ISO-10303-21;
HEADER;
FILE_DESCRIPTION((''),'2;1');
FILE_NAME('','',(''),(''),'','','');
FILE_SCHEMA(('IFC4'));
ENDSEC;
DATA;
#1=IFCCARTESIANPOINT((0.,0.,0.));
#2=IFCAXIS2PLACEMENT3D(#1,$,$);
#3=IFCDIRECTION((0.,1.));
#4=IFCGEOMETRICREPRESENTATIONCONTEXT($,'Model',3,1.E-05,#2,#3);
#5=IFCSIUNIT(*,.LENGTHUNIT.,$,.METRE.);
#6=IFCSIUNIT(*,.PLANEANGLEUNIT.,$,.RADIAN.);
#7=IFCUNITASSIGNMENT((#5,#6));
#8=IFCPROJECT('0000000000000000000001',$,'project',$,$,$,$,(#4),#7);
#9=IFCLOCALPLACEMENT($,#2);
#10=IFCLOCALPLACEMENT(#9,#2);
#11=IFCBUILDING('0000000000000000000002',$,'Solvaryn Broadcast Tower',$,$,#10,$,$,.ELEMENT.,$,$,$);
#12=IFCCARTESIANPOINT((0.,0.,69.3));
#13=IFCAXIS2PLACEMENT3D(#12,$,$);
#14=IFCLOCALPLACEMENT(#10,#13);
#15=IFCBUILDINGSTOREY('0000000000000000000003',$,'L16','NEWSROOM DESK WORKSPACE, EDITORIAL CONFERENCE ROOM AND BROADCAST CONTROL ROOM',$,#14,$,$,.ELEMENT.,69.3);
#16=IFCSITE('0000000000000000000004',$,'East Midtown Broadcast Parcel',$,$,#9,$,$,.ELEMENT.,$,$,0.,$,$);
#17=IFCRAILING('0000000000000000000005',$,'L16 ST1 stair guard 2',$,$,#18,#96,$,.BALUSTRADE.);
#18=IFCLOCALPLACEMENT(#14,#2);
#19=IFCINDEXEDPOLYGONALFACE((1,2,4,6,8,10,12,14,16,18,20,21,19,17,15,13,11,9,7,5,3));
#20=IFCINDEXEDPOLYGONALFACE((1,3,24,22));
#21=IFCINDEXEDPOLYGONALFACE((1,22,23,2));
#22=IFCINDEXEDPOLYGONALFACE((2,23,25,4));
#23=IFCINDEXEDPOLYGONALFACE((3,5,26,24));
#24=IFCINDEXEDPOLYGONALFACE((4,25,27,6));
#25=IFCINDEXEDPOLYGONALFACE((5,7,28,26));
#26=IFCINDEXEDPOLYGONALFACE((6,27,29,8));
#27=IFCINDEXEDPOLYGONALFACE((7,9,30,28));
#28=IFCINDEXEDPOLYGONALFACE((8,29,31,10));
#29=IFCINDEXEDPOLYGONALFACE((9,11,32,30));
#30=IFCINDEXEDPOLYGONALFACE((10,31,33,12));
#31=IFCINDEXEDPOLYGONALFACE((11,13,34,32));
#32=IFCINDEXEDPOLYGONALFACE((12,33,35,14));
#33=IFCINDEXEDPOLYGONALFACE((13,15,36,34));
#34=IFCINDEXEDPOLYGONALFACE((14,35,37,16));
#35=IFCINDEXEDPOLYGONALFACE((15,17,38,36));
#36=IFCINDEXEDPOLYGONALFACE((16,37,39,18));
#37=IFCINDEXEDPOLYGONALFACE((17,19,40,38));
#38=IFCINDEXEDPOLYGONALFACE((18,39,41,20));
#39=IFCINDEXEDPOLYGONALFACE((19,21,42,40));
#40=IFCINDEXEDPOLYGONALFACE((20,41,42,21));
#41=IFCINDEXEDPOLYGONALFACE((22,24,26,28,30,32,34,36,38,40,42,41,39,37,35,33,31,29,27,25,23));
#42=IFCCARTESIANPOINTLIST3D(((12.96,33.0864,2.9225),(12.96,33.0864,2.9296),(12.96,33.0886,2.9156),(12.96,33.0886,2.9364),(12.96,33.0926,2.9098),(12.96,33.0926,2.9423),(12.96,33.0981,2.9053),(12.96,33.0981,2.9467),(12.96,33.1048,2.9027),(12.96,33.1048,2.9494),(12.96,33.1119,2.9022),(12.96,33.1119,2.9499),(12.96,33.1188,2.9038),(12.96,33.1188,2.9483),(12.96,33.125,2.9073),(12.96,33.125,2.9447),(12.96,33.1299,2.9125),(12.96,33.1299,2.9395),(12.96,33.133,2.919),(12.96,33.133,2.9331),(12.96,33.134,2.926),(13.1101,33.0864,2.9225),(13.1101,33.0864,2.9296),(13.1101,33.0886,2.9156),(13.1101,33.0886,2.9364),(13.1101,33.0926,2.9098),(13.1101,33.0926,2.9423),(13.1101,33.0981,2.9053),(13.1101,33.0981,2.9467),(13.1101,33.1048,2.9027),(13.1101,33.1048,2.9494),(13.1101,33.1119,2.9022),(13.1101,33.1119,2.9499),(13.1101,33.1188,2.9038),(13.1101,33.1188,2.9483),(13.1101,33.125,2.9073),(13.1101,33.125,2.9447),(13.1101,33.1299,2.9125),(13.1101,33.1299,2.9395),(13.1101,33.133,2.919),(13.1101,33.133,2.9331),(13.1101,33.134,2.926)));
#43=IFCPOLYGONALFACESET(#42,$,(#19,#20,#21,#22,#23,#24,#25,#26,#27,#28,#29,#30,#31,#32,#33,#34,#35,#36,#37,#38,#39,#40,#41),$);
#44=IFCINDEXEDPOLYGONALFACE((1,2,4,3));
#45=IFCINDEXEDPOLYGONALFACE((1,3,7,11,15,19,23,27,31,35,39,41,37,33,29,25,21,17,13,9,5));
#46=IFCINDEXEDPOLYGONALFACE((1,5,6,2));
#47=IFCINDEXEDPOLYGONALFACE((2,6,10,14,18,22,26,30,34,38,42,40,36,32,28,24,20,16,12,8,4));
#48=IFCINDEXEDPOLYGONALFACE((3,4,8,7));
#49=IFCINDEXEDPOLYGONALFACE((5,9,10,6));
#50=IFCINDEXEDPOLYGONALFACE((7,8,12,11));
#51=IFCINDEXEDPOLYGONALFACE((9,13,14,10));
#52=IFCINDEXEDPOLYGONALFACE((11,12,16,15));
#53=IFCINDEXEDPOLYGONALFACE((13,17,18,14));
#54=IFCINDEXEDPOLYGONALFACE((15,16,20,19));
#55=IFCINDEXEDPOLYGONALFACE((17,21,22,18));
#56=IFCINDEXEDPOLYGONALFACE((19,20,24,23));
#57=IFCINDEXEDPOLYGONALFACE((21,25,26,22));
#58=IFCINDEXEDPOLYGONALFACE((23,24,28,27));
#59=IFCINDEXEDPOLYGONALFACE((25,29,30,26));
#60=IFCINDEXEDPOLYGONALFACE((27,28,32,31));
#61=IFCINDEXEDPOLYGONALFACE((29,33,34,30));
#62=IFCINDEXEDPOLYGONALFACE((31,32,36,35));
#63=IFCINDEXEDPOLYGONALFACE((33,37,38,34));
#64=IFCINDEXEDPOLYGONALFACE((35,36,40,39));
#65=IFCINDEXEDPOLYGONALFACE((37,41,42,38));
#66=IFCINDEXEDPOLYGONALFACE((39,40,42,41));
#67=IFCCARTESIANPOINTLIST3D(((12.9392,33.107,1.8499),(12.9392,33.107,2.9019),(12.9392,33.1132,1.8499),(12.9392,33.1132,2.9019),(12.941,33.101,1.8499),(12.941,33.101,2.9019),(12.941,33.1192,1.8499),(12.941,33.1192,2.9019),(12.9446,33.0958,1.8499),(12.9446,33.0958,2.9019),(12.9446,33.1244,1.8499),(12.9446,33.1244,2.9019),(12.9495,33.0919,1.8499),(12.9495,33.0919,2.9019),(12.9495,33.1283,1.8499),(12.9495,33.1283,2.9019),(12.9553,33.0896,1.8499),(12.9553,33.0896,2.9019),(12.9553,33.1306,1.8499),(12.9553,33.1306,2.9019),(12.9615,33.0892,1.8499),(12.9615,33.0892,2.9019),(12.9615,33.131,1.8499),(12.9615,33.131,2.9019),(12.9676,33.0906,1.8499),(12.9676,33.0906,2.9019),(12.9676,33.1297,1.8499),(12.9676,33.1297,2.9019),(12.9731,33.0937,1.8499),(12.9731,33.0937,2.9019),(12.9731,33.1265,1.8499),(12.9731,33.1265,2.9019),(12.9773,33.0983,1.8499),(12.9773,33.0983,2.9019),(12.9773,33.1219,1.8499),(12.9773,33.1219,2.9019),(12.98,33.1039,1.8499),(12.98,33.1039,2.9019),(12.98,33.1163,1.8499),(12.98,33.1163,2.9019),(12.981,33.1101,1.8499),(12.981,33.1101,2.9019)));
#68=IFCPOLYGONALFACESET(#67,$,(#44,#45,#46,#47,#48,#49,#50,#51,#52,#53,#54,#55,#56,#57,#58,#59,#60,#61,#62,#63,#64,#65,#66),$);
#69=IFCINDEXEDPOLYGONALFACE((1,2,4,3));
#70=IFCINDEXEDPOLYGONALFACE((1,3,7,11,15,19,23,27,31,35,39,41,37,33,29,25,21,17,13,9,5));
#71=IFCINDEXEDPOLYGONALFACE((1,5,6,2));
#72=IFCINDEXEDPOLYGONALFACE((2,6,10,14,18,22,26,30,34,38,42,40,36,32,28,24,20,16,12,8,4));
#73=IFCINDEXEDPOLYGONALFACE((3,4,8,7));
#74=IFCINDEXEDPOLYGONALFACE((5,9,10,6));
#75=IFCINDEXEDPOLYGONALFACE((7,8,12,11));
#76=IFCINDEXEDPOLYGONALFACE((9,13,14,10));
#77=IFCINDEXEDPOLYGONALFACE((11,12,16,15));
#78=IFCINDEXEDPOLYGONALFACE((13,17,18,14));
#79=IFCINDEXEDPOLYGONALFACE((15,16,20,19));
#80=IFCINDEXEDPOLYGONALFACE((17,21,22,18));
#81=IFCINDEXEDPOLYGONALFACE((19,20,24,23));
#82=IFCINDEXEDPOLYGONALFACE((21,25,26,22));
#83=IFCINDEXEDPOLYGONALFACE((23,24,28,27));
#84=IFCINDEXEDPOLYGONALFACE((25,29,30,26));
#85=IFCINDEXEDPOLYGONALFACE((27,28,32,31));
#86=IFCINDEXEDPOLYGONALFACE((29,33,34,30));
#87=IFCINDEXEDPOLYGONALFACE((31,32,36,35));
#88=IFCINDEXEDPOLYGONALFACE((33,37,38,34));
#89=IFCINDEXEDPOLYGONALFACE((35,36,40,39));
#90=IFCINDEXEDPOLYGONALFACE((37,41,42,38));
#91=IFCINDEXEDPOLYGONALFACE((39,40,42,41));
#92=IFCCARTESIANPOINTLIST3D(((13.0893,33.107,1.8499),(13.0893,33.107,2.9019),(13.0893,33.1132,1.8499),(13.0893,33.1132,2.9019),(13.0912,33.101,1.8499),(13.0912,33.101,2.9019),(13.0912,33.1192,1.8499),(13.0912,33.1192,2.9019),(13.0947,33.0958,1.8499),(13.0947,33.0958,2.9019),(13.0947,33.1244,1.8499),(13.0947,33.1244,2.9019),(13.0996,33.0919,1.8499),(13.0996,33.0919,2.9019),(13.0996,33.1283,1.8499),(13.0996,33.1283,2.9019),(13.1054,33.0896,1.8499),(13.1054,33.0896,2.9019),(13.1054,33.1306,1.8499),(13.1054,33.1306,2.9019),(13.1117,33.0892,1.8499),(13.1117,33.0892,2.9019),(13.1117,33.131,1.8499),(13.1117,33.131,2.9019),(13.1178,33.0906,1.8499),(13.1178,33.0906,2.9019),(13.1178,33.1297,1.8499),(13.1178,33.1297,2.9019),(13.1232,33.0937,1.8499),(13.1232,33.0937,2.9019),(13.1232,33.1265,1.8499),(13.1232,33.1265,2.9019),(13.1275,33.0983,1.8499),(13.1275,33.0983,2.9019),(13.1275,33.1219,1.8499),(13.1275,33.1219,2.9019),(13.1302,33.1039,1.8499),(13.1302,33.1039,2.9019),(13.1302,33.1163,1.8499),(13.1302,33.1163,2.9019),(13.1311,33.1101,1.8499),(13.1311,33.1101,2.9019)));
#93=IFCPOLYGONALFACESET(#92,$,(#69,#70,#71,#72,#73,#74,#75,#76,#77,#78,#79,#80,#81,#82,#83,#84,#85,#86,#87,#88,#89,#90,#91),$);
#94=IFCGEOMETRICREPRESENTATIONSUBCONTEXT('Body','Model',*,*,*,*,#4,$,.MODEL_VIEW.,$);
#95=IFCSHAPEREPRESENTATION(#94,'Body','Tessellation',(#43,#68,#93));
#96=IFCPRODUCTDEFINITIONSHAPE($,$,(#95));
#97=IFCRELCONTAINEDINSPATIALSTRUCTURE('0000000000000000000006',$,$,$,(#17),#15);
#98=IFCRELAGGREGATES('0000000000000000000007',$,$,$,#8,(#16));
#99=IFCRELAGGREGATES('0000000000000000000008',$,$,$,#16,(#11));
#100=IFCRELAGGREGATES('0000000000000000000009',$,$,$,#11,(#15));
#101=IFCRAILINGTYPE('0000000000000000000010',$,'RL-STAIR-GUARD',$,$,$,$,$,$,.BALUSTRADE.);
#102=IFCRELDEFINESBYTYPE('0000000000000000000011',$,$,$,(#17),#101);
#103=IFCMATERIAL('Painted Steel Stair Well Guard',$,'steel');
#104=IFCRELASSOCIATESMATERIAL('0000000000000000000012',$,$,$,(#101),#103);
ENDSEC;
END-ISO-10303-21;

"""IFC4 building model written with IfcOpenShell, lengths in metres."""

from ifc_helpers import new_model, si_unit, direction, frame, origin, origin_2d, place, context, subcontext, project, spatial, circle, extrude, material, type_object, element, save


model = new_model("IFC4")

# Units and contexts
model_context = context("Model", 3, precision=1e-05, world=origin(), true_north=direction((0.0, 1.0)))
body_context = subcontext(model_context, "Body", "Model", "MODEL_VIEW")
ifc_project = project(units=[si_unit("LENGTHUNIT", "METRE"), si_unit("PLANEANGLEUNIT", "RADIAN")], contexts=[model_context])

# Site, building, storey
site_placement = place(None, origin())
site = spatial("IfcSite", under=ifc_project, at=site_placement, Name="East Midtown Broadcast Parcel", CompositionType="ELEMENT", RefElevation=0.0)
building_placement = place(site_placement, origin())
building = spatial("IfcBuilding", under=site, at=building_placement, Name="Solvaryn Broadcast Tower", CompositionType="ELEMENT")
storey_placement = place(building_placement, frame((0.0, 0.0, 69.3)))
storey = spatial("IfcBuildingStorey", under=building, at=storey_placement, Name="L16", Description="NEWSROOM DESK WORKSPACE, EDITORIAL CONFERENCE ROOM AND BROADCAST CONTROL ROOM", CompositionType="ELEMENT", Elevation=69.3)

# Railing
ifc_material_1 = material(Name="Painted Steel Stair Well Guard", Category="steel")
railing_type_1 = type_object("IfcRailingType", Name="RL-STAIR-GUARD", PredefinedType="BALUSTRADE", material=ifc_material_1)
railing_1_placement = place(storey_placement, frame((12.96, 33.1101, 1.8499)))
element("IfcRailing", 1, at=railing_1_placement, inside=storey, type_object=railing_type_1, Name="L16 ST1 stair guard 2", PredefinedType="BALUSTRADE", context=body_context, shape_type="SweptSolid", body=[
    extrude(circle(Radius=0.0239, at=origin_2d()), frame((0.0, 0.0, 1.0762), z_axis=(1.0, 0.0, 0.0), x_axis=(0.0, 1.0, 0.0)), (0.0, 0.0, 1.0), 0.1501),
    extrude(circle(Radius=0.021, at=origin_2d()), origin(), (0.0, 0.0, 1.0), 1.052),
    extrude(circle(Radius=0.021, at=origin_2d()), frame((0.1501, 0.0, 0.0)), (0.0, 0.0, 1.0), 1.052),
])

save(model, "model.ifc")
